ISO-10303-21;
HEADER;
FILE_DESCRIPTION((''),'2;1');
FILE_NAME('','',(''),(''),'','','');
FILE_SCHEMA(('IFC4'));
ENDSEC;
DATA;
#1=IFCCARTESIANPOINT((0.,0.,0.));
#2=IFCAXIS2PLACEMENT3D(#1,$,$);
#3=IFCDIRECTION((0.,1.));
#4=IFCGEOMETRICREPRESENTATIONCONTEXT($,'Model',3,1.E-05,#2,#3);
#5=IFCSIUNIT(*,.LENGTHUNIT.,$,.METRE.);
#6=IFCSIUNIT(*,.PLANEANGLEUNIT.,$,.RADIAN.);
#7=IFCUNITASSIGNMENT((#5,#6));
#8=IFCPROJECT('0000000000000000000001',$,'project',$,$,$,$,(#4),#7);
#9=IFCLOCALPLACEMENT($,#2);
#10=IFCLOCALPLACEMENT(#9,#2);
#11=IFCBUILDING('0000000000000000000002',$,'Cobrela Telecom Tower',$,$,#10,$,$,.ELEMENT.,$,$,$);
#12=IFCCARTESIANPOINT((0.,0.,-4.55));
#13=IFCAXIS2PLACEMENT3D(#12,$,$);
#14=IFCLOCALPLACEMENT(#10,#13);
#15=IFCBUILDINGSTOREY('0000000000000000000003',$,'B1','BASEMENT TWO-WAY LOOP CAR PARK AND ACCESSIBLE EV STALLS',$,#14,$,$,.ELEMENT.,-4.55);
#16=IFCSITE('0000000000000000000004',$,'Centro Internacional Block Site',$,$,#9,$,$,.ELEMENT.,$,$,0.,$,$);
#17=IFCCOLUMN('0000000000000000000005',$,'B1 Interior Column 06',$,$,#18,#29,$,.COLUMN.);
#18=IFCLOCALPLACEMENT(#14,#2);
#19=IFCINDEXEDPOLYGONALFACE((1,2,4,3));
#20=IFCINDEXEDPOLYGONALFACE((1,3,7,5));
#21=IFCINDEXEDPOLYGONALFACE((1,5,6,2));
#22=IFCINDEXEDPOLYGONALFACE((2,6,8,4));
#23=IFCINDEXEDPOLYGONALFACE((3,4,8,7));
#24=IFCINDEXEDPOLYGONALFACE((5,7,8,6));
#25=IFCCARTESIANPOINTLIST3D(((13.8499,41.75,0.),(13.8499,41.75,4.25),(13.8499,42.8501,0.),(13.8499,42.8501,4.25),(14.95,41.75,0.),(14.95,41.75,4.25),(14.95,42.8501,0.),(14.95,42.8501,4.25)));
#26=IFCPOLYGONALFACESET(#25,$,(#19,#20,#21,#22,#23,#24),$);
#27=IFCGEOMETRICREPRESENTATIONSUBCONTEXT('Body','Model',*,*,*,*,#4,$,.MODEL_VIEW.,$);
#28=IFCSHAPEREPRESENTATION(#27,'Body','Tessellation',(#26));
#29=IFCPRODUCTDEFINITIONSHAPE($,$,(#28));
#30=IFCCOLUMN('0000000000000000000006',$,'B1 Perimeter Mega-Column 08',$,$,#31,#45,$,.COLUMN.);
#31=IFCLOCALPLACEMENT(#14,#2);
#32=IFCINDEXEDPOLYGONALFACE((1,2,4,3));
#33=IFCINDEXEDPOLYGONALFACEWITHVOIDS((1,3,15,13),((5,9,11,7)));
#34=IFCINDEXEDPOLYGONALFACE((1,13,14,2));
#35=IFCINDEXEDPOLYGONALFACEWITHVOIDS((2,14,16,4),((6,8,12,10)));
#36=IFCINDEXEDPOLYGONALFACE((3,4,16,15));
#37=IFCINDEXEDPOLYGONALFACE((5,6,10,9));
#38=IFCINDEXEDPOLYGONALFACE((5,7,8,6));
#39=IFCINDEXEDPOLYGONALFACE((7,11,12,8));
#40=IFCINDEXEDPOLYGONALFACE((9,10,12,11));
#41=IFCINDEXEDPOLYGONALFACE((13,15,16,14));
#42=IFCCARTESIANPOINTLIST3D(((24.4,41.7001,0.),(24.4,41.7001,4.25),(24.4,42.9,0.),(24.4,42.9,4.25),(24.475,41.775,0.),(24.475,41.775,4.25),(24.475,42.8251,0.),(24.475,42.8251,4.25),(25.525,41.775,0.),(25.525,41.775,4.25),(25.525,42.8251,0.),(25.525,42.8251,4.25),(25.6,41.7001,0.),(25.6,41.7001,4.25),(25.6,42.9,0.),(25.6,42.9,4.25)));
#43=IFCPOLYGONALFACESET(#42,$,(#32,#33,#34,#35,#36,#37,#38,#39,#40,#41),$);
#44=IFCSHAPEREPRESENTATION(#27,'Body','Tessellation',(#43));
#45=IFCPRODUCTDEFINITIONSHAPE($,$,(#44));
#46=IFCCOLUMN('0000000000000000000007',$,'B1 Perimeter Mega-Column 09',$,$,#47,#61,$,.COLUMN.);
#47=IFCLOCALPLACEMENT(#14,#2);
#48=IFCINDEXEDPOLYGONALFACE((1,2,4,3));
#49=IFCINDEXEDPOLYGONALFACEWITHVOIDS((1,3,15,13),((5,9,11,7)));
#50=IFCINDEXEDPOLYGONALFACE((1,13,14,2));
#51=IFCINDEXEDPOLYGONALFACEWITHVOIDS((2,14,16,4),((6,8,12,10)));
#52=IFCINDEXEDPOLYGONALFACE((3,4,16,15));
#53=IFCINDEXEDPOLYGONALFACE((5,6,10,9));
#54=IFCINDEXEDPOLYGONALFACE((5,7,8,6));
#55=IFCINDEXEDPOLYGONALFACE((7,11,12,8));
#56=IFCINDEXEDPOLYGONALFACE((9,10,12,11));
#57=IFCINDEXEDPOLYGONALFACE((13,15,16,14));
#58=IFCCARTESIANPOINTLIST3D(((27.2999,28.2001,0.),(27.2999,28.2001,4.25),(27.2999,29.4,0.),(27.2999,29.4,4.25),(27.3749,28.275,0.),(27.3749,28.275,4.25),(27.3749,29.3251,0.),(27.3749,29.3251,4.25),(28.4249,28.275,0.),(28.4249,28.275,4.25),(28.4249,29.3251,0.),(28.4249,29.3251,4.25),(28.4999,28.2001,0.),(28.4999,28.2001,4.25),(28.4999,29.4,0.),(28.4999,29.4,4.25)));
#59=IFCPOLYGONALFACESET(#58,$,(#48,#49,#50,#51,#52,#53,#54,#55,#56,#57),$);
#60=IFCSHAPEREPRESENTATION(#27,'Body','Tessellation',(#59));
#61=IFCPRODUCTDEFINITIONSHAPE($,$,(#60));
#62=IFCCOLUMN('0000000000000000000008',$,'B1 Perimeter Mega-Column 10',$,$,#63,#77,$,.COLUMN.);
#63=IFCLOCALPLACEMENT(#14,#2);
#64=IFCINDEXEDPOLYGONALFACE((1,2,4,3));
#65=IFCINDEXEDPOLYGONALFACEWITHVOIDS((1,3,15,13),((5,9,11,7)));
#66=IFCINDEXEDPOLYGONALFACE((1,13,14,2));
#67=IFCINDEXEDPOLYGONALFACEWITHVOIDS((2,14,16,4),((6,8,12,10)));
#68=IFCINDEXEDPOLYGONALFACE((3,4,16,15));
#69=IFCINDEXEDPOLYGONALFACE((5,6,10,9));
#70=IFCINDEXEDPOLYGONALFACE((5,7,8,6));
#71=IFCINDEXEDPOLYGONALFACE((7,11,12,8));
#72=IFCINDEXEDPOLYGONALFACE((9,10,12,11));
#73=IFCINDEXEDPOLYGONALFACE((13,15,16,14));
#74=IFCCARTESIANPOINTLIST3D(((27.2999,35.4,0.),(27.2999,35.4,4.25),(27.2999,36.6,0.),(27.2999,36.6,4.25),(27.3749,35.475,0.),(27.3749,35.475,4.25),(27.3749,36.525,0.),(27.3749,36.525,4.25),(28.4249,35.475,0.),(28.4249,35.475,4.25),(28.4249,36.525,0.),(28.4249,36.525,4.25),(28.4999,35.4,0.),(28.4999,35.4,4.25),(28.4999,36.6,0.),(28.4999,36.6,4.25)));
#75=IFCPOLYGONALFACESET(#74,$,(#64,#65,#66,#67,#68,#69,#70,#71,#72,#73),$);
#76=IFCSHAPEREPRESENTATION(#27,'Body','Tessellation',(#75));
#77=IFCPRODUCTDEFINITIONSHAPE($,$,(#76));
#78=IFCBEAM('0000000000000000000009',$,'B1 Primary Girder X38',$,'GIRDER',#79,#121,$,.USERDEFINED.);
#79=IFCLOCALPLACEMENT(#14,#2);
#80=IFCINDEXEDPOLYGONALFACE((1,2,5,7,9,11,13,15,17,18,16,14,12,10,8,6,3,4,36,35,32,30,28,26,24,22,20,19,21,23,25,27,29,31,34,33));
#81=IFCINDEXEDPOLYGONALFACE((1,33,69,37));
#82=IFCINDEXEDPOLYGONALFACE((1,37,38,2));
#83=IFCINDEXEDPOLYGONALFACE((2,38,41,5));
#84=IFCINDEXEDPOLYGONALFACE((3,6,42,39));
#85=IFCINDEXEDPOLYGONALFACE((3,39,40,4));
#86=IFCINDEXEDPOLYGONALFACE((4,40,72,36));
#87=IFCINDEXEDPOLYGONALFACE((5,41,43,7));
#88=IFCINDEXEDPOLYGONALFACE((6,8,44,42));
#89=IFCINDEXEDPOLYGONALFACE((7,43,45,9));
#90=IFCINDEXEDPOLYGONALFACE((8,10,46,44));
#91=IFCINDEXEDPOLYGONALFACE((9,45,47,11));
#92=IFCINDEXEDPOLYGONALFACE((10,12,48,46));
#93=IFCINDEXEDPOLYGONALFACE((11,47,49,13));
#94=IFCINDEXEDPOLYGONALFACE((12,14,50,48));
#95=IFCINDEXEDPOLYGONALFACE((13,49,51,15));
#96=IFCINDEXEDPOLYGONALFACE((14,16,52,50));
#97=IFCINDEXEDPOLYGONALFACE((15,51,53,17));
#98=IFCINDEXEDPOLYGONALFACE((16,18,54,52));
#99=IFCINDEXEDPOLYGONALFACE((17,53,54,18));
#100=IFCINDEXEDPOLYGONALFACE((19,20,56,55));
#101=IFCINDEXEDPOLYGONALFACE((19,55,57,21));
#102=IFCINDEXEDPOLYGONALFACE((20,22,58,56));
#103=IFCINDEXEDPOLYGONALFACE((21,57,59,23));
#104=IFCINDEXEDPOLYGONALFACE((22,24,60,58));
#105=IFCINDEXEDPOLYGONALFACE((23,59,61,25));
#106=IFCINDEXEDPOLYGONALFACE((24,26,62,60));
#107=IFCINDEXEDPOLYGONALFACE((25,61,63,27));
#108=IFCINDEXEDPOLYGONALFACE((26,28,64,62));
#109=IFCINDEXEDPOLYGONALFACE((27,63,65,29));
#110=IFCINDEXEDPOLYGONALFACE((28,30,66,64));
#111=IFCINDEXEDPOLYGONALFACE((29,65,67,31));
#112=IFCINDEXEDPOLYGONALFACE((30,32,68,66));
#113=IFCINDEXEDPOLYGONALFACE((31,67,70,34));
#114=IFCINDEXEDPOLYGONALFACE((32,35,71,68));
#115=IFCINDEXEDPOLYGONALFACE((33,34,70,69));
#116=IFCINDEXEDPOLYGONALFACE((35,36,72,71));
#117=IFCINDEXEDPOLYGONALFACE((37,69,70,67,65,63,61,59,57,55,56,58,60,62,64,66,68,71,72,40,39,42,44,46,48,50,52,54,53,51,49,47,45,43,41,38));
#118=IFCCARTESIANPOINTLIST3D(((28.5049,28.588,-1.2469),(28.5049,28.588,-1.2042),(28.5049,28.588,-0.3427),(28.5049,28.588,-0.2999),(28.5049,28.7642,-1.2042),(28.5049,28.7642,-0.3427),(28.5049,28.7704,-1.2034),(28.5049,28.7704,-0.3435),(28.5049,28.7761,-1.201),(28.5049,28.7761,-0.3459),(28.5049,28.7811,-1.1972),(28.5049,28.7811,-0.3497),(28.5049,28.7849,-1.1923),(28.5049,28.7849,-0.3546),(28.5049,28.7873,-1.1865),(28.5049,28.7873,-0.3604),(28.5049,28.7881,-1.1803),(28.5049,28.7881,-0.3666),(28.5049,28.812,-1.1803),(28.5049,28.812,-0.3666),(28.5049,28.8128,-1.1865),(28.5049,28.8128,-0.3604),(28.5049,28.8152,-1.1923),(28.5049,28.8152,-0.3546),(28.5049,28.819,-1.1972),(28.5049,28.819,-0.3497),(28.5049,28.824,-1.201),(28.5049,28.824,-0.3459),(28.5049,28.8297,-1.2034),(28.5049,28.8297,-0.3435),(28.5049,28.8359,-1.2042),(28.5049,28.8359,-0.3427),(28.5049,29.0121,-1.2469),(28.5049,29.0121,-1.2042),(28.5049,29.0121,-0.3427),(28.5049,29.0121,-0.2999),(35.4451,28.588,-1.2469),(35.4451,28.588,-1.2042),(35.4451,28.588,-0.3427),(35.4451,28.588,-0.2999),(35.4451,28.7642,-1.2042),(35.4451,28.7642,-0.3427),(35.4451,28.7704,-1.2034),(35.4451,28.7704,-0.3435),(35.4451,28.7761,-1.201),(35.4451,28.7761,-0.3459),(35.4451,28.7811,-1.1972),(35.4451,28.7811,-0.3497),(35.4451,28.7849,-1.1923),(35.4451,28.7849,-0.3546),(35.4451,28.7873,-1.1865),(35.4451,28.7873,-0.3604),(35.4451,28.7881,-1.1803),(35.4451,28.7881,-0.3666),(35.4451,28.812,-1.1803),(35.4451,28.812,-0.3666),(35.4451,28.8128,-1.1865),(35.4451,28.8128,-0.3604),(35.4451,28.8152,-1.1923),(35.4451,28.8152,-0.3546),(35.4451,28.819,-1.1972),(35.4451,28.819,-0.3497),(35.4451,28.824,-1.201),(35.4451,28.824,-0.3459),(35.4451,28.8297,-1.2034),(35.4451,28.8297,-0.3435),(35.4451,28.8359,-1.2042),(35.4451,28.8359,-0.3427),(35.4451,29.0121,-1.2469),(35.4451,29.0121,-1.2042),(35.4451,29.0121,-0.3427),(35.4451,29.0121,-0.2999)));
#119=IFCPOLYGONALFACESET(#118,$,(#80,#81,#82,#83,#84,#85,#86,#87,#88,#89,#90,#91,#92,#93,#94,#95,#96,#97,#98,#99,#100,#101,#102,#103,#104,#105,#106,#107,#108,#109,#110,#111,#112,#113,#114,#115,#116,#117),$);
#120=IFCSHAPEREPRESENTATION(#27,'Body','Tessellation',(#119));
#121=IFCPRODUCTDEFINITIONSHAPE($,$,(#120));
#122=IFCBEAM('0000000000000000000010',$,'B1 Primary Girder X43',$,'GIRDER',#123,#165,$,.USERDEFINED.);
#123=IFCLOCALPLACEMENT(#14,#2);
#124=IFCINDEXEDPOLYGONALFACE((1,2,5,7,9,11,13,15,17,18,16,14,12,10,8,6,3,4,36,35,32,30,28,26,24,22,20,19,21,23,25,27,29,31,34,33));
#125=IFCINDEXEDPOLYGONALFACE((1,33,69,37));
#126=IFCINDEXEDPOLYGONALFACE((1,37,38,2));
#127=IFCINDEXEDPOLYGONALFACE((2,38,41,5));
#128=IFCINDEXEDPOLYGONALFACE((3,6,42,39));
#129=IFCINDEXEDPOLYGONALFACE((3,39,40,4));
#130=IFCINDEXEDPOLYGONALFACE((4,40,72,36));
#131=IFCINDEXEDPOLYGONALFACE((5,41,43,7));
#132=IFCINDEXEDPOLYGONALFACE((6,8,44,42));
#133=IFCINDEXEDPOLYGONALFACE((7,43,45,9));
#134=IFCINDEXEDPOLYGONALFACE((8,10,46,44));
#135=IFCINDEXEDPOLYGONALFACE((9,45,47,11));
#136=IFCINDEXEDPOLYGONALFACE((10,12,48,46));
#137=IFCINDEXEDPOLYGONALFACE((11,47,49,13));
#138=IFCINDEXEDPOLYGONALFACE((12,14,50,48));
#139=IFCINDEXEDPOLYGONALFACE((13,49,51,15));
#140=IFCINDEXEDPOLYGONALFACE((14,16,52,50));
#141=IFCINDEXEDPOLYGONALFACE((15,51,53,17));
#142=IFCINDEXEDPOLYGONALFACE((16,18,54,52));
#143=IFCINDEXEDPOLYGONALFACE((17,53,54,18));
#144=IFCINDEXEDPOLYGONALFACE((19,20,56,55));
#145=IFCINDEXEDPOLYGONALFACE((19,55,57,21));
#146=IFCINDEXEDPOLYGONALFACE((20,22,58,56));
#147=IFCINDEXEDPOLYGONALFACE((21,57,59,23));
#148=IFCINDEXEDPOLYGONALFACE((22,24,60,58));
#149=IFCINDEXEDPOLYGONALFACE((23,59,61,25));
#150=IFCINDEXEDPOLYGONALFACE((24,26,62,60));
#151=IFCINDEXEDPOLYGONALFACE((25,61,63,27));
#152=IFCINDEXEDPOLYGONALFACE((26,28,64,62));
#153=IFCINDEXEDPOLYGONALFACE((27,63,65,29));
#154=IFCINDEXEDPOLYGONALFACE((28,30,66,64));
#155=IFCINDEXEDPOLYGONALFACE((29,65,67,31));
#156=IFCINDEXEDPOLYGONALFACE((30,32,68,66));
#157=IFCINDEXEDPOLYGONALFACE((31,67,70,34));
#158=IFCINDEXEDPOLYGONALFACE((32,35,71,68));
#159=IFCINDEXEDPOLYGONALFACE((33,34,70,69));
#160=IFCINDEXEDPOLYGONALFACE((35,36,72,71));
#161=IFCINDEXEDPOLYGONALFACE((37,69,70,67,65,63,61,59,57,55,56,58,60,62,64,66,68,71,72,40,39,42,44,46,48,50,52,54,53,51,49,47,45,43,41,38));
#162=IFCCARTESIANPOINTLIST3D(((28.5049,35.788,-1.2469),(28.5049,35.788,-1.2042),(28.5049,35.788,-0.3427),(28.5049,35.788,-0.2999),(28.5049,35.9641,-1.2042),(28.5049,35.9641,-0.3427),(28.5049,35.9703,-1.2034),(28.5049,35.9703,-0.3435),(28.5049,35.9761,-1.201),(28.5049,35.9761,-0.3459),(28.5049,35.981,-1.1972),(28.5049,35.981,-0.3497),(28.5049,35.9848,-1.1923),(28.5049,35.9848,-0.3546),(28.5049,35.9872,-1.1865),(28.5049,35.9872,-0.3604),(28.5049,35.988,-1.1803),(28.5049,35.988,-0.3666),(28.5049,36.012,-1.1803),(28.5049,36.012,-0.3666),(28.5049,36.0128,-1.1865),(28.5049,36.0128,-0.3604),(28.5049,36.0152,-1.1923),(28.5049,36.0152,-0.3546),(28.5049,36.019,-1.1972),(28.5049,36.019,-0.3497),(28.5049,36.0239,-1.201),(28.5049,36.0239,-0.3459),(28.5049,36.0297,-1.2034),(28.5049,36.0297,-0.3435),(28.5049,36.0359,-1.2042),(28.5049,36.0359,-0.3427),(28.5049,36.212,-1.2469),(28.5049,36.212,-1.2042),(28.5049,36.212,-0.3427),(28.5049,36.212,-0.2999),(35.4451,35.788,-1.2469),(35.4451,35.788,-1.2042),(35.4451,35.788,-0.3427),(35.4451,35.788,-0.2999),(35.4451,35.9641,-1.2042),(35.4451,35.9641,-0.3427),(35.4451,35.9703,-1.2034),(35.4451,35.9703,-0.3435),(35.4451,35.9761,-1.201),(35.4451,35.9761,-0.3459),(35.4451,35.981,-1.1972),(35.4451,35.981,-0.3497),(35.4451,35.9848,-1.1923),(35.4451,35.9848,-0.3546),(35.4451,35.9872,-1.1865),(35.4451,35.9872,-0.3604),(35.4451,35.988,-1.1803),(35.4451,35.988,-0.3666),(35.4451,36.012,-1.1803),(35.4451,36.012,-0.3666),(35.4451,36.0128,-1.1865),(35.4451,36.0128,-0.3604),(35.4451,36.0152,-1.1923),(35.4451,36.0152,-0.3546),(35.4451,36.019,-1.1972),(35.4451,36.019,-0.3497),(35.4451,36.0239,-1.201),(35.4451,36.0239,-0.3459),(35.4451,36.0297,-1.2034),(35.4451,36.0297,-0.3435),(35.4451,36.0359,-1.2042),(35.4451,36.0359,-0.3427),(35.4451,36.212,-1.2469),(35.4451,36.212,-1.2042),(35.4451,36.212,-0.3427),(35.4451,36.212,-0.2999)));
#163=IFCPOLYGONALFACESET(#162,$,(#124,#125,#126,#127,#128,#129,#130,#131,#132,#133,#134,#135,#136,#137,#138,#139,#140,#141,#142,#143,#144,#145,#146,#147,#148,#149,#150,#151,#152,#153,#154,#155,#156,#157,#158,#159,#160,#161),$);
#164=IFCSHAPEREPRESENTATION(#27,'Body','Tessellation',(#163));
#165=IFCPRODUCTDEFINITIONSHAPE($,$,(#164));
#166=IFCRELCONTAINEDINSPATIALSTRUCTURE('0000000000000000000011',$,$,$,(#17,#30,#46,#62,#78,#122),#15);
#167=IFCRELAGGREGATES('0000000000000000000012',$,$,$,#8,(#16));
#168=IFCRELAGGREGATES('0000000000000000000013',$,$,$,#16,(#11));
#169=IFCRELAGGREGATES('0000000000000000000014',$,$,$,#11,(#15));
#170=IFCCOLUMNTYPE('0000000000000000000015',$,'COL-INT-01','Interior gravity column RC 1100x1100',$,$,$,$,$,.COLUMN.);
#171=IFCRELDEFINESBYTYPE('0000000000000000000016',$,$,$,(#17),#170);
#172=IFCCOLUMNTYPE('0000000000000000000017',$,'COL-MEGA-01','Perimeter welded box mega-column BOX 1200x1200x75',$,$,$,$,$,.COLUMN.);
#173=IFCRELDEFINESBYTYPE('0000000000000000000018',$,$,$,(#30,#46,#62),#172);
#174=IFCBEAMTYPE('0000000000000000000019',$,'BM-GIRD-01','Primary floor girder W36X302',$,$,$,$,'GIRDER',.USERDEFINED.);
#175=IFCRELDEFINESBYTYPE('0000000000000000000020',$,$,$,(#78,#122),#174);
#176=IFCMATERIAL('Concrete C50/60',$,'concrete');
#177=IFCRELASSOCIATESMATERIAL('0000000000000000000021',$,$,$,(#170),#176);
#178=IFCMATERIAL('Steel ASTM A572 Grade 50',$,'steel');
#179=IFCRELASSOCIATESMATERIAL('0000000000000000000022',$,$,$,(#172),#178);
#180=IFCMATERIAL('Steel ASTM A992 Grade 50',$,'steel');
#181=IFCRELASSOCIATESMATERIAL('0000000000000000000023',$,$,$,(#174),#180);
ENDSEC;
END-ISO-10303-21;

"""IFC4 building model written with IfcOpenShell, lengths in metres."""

from ifc_helpers import new_model, si_unit, direction, frame, origin, origin_2d, place, context, subcontext, project, spatial, rectangle, hollow_rectangle, i_section, extrude, material, material_profile, profile_set, type_object, element, save


model = new_model("IFC4")

# Units and contexts
model_context = context("Model", 3, precision=1e-05, world=origin(), true_north=direction((0.0, 1.0)))
body_context = subcontext(model_context, "Body", "Model", "MODEL_VIEW")
ifc_project = project(units=[si_unit("LENGTHUNIT", "METRE"), si_unit("PLANEANGLEUNIT", "RADIAN")], contexts=[model_context])

# Site, building, storey
site_placement = place(None, origin())
site = spatial("IfcSite", under=ifc_project, at=site_placement, Name="Centro Internacional Block Site", CompositionType="ELEMENT", RefElevation=0.0)
building_placement = place(site_placement, origin())
building = spatial("IfcBuilding", under=site, at=building_placement, Name="Cobrela Telecom Tower", CompositionType="ELEMENT")
storey_placement = place(building_placement, frame((0.0, 0.0, -4.55)))
storey = spatial("IfcBuildingStorey", under=building, at=storey_placement, Name="B1", Description="BASEMENT TWO-WAY LOOP CAR PARK AND ACCESSIBLE EV STALLS", CompositionType="ELEMENT", Elevation=-4.55)

# Columns
ifc_material_1 = material(Name="Concrete C50/60", Category="concrete")
ifc_material_profile_1 = material_profile(ifc_material_1, rectangle(XDim=1.1001, YDim=1.1001, at=origin_2d()), Name="RC 1100x1100")
ifc_profile_set_1 = profile_set([ifc_material_profile_1], Name="Concrete C50/60")
column_type_1 = type_object("IfcColumnType", Name="COL-INT-01", Description="Interior gravity column RC 1100x1100", PredefinedType="COLUMN", material=ifc_profile_set_1)
column_placement = place(storey_placement, frame((14.3999, 42.3, 0.0), z_axis=(0.0, 0.0, 1.0), x_axis=(1.0, 0.0, 0.0)))
element("IfcColumn", 1, at=column_placement, inside=storey, type_object=column_type_1, Name="B1 Interior Column 06", PredefinedType="COLUMN", context=body_context, shape_type="SweptSolid", body=[
    extrude(rectangle(XDim=1.1001, YDim=1.1001, at=origin_2d()), origin(), (0.0, 0.0, 1.0), 4.25),
])
ifc_material_2 = material(Name="Steel ASTM A572 Grade 50", Category="steel")
ifc_material_profile_2 = material_profile(ifc_material_2, hollow_rectangle(XDim=1.2, YDim=1.2, WallThickness=0.075, at=origin_2d()), Name="BOX 1200x1200x75")
ifc_profile_set_2 = profile_set([ifc_material_profile_2], Name="Steel ASTM A572 Grade 50")
column_type_2 = type_object("IfcColumnType", Name="COL-MEGA-01", Description="Perimeter welded box mega-column BOX 1200x1200x75", PredefinedType="COLUMN", material=ifc_profile_set_2)
for number, where, z_axis, x_axis, name in (
    (2, (25.0, 42.3, 0.0), (0.0, 0.0, 1.0), (1.0, 0.0, 0.0), "B1 Perimeter Mega-Column 08"),
    (3, (27.8999, 28.8, 0.0), (0.0, 0.0, 1.0), (1.0, 0.0, 0.0), "B1 Perimeter Mega-Column 09"),
    (4, (27.8999, 36.0, 0.0), (0.0, 0.0, 1.0), (1.0, 0.0, 0.0), "B1 Perimeter Mega-Column 10"),
):
    element("IfcColumn", number, at=place(storey_placement, frame(where, z_axis=z_axis, x_axis=x_axis)), inside=storey, type_object=column_type_2, Name=name, PredefinedType="COLUMN", context=body_context, shape_type="SweptSolid", body=[
        extrude(hollow_rectangle(XDim=1.2, YDim=1.2, WallThickness=0.075, at=origin_2d()), origin(), (0.0, 0.0, 1.0), 4.25),
    ])

# Beams
ifc_material_3 = material(Name="Steel ASTM A992 Grade 50", Category="steel")
ifc_material_profile_3 = material_profile(ifc_material_3, i_section(OverallWidth=0.4241, OverallDepth=0.947, WebThickness=0.0239, FlangeThickness=0.0427, FilletRadius=0.0239, at=origin_2d()), Name="W36X302")
ifc_profile_set_3 = profile_set([ifc_material_profile_3], Name="Steel ASTM A992 Grade 50")
beam_type_1 = type_object("IfcBeamType", Name="BM-GIRD-01", Description="Primary floor girder W36X302", ElementType="GIRDER", PredefinedType="USERDEFINED", material=ifc_profile_set_3)
for number, where, z_axis, x_axis, name in (
    (5, (28.5049, 28.8, -0.7734), (1.0, 0.0, 0.0), (0.0, 1.0, 0.0), "B1 Primary Girder X38"),
    (6, (28.5049, 36.0, -0.7734), (1.0, 0.0, 0.0), (0.0, 1.0, 0.0), "B1 Primary Girder X43"),
):
    element("IfcBeam", number, at=place(storey_placement, frame(where, z_axis=z_axis, x_axis=x_axis)), inside=storey, type_object=beam_type_1, Name=name, ObjectType="GIRDER", PredefinedType="USERDEFINED", context=body_context, shape_type="SweptSolid", body=[
        extrude(i_section(OverallWidth=0.4241, OverallDepth=0.947, WebThickness=0.0239, FlangeThickness=0.0427, FilletRadius=0.0239, at=origin_2d()), origin(), (0.0, 0.0, 1.0), 6.9402),
    ])

save(model, "model.ifc")
